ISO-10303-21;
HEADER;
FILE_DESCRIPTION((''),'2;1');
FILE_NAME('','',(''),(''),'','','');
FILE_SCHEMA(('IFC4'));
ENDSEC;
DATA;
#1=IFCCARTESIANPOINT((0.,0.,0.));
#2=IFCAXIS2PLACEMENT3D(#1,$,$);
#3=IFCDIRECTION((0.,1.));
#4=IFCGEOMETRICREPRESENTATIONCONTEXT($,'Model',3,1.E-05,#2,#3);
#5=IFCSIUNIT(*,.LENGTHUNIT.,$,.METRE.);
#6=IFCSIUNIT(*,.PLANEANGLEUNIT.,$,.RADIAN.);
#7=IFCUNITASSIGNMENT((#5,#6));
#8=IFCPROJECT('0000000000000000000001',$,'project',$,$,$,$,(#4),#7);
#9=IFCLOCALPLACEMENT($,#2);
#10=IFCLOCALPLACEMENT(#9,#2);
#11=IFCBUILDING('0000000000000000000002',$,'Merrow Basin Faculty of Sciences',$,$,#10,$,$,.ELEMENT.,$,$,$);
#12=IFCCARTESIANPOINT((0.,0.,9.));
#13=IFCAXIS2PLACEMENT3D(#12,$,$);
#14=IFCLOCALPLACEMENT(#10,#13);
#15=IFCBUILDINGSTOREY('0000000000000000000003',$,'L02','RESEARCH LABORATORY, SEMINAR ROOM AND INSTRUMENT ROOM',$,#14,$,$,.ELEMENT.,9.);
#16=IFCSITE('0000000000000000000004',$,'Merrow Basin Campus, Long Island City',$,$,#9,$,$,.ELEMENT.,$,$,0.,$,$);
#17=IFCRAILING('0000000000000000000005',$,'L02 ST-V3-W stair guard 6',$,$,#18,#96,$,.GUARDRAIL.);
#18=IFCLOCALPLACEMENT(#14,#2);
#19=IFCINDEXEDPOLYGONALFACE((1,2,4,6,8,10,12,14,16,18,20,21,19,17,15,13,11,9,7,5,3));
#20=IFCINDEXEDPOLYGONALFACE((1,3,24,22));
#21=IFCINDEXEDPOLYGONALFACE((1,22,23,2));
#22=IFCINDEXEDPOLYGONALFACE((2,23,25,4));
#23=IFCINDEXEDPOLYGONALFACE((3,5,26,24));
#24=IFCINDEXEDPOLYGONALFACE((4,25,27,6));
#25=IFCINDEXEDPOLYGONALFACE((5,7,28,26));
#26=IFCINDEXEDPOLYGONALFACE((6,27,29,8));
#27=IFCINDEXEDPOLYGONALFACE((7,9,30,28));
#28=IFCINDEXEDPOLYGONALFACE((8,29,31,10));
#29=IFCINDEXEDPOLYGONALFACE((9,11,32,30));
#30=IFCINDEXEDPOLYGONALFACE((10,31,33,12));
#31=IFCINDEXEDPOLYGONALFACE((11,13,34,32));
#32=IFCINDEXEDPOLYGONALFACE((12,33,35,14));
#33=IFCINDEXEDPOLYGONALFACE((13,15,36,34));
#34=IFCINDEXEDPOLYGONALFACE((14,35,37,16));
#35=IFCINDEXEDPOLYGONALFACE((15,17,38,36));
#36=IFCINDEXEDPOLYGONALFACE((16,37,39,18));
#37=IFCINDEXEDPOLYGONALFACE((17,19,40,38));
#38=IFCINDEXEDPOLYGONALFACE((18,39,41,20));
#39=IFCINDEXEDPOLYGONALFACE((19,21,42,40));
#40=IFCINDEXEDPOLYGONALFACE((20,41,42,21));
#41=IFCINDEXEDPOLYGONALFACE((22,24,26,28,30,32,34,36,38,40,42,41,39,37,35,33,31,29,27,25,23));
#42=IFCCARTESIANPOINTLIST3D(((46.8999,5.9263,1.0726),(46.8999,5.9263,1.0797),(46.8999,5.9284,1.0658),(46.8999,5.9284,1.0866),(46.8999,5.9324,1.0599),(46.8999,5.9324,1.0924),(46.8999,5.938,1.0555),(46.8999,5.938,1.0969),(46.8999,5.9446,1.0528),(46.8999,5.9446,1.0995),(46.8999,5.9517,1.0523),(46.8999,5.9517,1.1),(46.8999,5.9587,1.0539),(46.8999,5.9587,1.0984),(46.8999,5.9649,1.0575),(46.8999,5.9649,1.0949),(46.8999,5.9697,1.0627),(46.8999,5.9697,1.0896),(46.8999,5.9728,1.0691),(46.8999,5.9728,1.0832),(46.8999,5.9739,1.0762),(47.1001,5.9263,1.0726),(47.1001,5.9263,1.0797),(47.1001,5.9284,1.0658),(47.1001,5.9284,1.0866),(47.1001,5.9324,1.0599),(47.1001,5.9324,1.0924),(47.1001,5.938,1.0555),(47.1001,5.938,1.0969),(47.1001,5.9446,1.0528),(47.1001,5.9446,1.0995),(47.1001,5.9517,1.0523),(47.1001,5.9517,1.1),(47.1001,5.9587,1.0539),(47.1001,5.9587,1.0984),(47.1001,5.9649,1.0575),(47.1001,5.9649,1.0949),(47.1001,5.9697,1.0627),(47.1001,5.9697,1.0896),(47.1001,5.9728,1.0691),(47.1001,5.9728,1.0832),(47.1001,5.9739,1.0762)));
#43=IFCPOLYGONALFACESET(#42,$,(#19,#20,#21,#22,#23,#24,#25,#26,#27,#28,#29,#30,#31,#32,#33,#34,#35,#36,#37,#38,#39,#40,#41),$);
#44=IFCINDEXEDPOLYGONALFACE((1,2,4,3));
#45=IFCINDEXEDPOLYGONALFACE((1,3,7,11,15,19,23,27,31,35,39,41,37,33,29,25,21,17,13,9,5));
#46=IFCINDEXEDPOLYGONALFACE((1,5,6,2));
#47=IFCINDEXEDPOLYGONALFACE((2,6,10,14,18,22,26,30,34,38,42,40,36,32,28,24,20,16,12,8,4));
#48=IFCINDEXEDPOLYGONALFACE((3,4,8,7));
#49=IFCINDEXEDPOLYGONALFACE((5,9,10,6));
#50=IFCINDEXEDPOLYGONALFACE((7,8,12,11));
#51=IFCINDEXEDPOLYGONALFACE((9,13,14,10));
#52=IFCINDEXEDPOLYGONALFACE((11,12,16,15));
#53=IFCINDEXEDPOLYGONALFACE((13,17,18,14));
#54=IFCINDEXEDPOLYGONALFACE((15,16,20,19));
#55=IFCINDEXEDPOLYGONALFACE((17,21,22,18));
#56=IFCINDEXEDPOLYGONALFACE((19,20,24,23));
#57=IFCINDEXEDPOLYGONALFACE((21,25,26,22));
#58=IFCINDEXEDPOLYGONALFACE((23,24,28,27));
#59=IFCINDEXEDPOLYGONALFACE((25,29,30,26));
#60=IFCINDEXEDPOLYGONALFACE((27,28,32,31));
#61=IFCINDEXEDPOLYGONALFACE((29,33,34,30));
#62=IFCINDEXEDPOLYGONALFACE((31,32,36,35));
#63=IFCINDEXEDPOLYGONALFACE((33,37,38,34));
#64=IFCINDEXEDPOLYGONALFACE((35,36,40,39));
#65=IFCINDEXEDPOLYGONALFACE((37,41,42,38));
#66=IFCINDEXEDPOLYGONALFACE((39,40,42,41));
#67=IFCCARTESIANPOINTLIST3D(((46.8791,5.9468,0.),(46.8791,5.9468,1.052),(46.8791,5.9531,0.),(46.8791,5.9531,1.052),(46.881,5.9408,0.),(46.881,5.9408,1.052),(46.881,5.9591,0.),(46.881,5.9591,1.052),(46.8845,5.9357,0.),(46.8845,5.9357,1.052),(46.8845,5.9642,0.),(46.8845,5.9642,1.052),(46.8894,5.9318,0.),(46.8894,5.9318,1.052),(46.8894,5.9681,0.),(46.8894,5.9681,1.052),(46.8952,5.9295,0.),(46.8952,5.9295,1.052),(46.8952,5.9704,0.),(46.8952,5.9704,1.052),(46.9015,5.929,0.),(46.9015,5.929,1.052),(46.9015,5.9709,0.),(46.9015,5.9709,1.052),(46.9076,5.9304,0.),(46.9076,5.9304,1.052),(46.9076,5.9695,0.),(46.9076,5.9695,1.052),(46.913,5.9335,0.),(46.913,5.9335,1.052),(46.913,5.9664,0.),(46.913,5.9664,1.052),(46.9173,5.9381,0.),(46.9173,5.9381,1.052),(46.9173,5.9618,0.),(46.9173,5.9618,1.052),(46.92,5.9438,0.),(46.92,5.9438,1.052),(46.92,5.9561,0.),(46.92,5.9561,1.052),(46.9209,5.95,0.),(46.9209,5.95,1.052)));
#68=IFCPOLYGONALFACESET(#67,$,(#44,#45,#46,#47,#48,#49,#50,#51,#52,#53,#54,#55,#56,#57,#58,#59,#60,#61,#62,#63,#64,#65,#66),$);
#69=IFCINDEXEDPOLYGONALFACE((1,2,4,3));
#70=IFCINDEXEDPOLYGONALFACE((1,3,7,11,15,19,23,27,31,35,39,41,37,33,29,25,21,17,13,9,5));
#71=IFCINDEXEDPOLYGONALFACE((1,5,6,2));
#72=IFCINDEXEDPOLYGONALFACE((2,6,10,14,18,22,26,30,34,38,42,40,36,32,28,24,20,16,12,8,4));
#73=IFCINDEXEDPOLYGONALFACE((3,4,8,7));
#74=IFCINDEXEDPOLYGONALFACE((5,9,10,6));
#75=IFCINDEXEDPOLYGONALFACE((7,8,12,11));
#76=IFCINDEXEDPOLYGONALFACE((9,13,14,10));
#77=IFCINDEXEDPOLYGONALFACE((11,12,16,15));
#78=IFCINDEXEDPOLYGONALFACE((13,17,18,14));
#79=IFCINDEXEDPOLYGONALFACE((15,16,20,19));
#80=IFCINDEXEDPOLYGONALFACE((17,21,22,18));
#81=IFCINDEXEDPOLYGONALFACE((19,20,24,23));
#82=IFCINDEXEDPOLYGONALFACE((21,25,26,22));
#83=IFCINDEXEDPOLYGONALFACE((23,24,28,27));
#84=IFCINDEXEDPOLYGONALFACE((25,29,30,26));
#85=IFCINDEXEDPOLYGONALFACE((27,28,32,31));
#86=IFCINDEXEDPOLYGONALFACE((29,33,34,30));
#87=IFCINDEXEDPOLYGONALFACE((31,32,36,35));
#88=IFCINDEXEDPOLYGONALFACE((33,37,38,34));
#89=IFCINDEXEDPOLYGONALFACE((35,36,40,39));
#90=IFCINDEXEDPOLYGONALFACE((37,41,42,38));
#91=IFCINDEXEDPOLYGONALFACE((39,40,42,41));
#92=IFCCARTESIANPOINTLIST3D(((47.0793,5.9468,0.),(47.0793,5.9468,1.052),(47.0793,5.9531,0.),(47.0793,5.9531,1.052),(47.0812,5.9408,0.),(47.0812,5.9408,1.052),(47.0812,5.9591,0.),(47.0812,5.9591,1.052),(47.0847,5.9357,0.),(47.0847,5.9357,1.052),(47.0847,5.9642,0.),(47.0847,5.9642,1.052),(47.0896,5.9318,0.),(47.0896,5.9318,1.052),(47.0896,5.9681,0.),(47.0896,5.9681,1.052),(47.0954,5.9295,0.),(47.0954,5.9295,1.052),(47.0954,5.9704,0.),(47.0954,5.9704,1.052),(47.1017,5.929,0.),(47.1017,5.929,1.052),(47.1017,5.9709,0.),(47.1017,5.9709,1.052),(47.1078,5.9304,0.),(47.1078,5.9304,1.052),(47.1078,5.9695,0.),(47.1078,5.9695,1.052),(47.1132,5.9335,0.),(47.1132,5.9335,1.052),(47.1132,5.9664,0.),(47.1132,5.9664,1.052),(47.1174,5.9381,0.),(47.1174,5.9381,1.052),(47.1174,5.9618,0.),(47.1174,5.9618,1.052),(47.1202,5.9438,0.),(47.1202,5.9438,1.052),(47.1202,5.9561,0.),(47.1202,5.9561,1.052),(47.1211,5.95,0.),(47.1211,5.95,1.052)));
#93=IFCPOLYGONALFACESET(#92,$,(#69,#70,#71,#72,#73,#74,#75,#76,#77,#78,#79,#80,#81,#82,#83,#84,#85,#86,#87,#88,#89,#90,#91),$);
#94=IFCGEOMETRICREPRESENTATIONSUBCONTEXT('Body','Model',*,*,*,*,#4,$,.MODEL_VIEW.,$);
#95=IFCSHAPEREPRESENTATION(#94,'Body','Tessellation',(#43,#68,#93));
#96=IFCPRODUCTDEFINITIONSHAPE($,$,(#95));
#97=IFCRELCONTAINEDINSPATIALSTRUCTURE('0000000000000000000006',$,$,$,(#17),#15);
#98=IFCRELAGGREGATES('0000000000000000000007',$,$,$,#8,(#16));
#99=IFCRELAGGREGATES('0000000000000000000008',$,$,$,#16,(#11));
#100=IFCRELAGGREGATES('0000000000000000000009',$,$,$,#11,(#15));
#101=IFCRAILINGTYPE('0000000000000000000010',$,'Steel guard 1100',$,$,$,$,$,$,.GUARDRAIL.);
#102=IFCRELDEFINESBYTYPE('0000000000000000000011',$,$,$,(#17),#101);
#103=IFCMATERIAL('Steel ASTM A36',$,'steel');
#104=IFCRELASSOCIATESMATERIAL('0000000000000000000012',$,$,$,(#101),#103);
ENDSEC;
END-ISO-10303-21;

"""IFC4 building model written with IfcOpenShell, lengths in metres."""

from ifc_helpers import new_model, si_unit, direction, frame, origin, origin_2d, place, context, subcontext, project, spatial, circle, extrude, material, type_object, element, save


model = new_model("IFC4")

# Units and contexts
model_context = context("Model", 3, precision=1e-05, world=origin(), true_north=direction((0.0, 1.0)))
body_context = subcontext(model_context, "Body", "Model", "MODEL_VIEW")
ifc_project = project(units=[si_unit("LENGTHUNIT", "METRE"), si_unit("PLANEANGLEUNIT", "RADIAN")], contexts=[model_context])

# Site, building, storey
site_placement = place(None, origin())
site = spatial("IfcSite", under=ifc_project, at=site_placement, Name="Merrow Basin Campus, Long Island City", CompositionType="ELEMENT", RefElevation=0.0)
building_placement = place(site_placement, origin())
building = spatial("IfcBuilding", under=site, at=building_placement, Name="Merrow Basin Faculty of Sciences", CompositionType="ELEMENT")
storey_placement = place(building_placement, frame((0.0, 0.0, 9.0)))
storey = spatial("IfcBuildingStorey", under=building, at=storey_placement, Name="L02", Description="RESEARCH LABORATORY, SEMINAR ROOM AND INSTRUMENT ROOM", CompositionType="ELEMENT", Elevation=9.0)

# Railing
ifc_material_1 = material(Name="Steel ASTM A36", Category="steel")
railing_type_1 = type_object("IfcRailingType", Name="Steel guard 1100", PredefinedType="GUARDRAIL", material=ifc_material_1)
railing_1_placement = place(storey_placement, frame((46.8999, 5.95, 0.0)))
element("IfcRailing", 1, at=railing_1_placement, inside=storey, type_object=railing_type_1, Name="L02 ST-V3-W stair guard 6", PredefinedType="GUARDRAIL", context=body_context, shape_type="SweptSolid", body=[
    extrude(circle(Radius=0.0239, at=origin_2d()), frame((0.0, 0.0, 1.0762), z_axis=(1.0, 0.0, 0.0), x_axis=(0.0, 1.0, 0.0)), (0.0, 0.0, 1.0), 0.2002),
    extrude(circle(Radius=0.021, at=origin_2d()), origin(), (0.0, 0.0, 1.0), 1.052),
    extrude(circle(Radius=0.021, at=origin_2d()), frame((0.2002, 0.0, 0.0)), (0.0, 0.0, 1.0), 1.052),
])

save(model, "model.ifc")
